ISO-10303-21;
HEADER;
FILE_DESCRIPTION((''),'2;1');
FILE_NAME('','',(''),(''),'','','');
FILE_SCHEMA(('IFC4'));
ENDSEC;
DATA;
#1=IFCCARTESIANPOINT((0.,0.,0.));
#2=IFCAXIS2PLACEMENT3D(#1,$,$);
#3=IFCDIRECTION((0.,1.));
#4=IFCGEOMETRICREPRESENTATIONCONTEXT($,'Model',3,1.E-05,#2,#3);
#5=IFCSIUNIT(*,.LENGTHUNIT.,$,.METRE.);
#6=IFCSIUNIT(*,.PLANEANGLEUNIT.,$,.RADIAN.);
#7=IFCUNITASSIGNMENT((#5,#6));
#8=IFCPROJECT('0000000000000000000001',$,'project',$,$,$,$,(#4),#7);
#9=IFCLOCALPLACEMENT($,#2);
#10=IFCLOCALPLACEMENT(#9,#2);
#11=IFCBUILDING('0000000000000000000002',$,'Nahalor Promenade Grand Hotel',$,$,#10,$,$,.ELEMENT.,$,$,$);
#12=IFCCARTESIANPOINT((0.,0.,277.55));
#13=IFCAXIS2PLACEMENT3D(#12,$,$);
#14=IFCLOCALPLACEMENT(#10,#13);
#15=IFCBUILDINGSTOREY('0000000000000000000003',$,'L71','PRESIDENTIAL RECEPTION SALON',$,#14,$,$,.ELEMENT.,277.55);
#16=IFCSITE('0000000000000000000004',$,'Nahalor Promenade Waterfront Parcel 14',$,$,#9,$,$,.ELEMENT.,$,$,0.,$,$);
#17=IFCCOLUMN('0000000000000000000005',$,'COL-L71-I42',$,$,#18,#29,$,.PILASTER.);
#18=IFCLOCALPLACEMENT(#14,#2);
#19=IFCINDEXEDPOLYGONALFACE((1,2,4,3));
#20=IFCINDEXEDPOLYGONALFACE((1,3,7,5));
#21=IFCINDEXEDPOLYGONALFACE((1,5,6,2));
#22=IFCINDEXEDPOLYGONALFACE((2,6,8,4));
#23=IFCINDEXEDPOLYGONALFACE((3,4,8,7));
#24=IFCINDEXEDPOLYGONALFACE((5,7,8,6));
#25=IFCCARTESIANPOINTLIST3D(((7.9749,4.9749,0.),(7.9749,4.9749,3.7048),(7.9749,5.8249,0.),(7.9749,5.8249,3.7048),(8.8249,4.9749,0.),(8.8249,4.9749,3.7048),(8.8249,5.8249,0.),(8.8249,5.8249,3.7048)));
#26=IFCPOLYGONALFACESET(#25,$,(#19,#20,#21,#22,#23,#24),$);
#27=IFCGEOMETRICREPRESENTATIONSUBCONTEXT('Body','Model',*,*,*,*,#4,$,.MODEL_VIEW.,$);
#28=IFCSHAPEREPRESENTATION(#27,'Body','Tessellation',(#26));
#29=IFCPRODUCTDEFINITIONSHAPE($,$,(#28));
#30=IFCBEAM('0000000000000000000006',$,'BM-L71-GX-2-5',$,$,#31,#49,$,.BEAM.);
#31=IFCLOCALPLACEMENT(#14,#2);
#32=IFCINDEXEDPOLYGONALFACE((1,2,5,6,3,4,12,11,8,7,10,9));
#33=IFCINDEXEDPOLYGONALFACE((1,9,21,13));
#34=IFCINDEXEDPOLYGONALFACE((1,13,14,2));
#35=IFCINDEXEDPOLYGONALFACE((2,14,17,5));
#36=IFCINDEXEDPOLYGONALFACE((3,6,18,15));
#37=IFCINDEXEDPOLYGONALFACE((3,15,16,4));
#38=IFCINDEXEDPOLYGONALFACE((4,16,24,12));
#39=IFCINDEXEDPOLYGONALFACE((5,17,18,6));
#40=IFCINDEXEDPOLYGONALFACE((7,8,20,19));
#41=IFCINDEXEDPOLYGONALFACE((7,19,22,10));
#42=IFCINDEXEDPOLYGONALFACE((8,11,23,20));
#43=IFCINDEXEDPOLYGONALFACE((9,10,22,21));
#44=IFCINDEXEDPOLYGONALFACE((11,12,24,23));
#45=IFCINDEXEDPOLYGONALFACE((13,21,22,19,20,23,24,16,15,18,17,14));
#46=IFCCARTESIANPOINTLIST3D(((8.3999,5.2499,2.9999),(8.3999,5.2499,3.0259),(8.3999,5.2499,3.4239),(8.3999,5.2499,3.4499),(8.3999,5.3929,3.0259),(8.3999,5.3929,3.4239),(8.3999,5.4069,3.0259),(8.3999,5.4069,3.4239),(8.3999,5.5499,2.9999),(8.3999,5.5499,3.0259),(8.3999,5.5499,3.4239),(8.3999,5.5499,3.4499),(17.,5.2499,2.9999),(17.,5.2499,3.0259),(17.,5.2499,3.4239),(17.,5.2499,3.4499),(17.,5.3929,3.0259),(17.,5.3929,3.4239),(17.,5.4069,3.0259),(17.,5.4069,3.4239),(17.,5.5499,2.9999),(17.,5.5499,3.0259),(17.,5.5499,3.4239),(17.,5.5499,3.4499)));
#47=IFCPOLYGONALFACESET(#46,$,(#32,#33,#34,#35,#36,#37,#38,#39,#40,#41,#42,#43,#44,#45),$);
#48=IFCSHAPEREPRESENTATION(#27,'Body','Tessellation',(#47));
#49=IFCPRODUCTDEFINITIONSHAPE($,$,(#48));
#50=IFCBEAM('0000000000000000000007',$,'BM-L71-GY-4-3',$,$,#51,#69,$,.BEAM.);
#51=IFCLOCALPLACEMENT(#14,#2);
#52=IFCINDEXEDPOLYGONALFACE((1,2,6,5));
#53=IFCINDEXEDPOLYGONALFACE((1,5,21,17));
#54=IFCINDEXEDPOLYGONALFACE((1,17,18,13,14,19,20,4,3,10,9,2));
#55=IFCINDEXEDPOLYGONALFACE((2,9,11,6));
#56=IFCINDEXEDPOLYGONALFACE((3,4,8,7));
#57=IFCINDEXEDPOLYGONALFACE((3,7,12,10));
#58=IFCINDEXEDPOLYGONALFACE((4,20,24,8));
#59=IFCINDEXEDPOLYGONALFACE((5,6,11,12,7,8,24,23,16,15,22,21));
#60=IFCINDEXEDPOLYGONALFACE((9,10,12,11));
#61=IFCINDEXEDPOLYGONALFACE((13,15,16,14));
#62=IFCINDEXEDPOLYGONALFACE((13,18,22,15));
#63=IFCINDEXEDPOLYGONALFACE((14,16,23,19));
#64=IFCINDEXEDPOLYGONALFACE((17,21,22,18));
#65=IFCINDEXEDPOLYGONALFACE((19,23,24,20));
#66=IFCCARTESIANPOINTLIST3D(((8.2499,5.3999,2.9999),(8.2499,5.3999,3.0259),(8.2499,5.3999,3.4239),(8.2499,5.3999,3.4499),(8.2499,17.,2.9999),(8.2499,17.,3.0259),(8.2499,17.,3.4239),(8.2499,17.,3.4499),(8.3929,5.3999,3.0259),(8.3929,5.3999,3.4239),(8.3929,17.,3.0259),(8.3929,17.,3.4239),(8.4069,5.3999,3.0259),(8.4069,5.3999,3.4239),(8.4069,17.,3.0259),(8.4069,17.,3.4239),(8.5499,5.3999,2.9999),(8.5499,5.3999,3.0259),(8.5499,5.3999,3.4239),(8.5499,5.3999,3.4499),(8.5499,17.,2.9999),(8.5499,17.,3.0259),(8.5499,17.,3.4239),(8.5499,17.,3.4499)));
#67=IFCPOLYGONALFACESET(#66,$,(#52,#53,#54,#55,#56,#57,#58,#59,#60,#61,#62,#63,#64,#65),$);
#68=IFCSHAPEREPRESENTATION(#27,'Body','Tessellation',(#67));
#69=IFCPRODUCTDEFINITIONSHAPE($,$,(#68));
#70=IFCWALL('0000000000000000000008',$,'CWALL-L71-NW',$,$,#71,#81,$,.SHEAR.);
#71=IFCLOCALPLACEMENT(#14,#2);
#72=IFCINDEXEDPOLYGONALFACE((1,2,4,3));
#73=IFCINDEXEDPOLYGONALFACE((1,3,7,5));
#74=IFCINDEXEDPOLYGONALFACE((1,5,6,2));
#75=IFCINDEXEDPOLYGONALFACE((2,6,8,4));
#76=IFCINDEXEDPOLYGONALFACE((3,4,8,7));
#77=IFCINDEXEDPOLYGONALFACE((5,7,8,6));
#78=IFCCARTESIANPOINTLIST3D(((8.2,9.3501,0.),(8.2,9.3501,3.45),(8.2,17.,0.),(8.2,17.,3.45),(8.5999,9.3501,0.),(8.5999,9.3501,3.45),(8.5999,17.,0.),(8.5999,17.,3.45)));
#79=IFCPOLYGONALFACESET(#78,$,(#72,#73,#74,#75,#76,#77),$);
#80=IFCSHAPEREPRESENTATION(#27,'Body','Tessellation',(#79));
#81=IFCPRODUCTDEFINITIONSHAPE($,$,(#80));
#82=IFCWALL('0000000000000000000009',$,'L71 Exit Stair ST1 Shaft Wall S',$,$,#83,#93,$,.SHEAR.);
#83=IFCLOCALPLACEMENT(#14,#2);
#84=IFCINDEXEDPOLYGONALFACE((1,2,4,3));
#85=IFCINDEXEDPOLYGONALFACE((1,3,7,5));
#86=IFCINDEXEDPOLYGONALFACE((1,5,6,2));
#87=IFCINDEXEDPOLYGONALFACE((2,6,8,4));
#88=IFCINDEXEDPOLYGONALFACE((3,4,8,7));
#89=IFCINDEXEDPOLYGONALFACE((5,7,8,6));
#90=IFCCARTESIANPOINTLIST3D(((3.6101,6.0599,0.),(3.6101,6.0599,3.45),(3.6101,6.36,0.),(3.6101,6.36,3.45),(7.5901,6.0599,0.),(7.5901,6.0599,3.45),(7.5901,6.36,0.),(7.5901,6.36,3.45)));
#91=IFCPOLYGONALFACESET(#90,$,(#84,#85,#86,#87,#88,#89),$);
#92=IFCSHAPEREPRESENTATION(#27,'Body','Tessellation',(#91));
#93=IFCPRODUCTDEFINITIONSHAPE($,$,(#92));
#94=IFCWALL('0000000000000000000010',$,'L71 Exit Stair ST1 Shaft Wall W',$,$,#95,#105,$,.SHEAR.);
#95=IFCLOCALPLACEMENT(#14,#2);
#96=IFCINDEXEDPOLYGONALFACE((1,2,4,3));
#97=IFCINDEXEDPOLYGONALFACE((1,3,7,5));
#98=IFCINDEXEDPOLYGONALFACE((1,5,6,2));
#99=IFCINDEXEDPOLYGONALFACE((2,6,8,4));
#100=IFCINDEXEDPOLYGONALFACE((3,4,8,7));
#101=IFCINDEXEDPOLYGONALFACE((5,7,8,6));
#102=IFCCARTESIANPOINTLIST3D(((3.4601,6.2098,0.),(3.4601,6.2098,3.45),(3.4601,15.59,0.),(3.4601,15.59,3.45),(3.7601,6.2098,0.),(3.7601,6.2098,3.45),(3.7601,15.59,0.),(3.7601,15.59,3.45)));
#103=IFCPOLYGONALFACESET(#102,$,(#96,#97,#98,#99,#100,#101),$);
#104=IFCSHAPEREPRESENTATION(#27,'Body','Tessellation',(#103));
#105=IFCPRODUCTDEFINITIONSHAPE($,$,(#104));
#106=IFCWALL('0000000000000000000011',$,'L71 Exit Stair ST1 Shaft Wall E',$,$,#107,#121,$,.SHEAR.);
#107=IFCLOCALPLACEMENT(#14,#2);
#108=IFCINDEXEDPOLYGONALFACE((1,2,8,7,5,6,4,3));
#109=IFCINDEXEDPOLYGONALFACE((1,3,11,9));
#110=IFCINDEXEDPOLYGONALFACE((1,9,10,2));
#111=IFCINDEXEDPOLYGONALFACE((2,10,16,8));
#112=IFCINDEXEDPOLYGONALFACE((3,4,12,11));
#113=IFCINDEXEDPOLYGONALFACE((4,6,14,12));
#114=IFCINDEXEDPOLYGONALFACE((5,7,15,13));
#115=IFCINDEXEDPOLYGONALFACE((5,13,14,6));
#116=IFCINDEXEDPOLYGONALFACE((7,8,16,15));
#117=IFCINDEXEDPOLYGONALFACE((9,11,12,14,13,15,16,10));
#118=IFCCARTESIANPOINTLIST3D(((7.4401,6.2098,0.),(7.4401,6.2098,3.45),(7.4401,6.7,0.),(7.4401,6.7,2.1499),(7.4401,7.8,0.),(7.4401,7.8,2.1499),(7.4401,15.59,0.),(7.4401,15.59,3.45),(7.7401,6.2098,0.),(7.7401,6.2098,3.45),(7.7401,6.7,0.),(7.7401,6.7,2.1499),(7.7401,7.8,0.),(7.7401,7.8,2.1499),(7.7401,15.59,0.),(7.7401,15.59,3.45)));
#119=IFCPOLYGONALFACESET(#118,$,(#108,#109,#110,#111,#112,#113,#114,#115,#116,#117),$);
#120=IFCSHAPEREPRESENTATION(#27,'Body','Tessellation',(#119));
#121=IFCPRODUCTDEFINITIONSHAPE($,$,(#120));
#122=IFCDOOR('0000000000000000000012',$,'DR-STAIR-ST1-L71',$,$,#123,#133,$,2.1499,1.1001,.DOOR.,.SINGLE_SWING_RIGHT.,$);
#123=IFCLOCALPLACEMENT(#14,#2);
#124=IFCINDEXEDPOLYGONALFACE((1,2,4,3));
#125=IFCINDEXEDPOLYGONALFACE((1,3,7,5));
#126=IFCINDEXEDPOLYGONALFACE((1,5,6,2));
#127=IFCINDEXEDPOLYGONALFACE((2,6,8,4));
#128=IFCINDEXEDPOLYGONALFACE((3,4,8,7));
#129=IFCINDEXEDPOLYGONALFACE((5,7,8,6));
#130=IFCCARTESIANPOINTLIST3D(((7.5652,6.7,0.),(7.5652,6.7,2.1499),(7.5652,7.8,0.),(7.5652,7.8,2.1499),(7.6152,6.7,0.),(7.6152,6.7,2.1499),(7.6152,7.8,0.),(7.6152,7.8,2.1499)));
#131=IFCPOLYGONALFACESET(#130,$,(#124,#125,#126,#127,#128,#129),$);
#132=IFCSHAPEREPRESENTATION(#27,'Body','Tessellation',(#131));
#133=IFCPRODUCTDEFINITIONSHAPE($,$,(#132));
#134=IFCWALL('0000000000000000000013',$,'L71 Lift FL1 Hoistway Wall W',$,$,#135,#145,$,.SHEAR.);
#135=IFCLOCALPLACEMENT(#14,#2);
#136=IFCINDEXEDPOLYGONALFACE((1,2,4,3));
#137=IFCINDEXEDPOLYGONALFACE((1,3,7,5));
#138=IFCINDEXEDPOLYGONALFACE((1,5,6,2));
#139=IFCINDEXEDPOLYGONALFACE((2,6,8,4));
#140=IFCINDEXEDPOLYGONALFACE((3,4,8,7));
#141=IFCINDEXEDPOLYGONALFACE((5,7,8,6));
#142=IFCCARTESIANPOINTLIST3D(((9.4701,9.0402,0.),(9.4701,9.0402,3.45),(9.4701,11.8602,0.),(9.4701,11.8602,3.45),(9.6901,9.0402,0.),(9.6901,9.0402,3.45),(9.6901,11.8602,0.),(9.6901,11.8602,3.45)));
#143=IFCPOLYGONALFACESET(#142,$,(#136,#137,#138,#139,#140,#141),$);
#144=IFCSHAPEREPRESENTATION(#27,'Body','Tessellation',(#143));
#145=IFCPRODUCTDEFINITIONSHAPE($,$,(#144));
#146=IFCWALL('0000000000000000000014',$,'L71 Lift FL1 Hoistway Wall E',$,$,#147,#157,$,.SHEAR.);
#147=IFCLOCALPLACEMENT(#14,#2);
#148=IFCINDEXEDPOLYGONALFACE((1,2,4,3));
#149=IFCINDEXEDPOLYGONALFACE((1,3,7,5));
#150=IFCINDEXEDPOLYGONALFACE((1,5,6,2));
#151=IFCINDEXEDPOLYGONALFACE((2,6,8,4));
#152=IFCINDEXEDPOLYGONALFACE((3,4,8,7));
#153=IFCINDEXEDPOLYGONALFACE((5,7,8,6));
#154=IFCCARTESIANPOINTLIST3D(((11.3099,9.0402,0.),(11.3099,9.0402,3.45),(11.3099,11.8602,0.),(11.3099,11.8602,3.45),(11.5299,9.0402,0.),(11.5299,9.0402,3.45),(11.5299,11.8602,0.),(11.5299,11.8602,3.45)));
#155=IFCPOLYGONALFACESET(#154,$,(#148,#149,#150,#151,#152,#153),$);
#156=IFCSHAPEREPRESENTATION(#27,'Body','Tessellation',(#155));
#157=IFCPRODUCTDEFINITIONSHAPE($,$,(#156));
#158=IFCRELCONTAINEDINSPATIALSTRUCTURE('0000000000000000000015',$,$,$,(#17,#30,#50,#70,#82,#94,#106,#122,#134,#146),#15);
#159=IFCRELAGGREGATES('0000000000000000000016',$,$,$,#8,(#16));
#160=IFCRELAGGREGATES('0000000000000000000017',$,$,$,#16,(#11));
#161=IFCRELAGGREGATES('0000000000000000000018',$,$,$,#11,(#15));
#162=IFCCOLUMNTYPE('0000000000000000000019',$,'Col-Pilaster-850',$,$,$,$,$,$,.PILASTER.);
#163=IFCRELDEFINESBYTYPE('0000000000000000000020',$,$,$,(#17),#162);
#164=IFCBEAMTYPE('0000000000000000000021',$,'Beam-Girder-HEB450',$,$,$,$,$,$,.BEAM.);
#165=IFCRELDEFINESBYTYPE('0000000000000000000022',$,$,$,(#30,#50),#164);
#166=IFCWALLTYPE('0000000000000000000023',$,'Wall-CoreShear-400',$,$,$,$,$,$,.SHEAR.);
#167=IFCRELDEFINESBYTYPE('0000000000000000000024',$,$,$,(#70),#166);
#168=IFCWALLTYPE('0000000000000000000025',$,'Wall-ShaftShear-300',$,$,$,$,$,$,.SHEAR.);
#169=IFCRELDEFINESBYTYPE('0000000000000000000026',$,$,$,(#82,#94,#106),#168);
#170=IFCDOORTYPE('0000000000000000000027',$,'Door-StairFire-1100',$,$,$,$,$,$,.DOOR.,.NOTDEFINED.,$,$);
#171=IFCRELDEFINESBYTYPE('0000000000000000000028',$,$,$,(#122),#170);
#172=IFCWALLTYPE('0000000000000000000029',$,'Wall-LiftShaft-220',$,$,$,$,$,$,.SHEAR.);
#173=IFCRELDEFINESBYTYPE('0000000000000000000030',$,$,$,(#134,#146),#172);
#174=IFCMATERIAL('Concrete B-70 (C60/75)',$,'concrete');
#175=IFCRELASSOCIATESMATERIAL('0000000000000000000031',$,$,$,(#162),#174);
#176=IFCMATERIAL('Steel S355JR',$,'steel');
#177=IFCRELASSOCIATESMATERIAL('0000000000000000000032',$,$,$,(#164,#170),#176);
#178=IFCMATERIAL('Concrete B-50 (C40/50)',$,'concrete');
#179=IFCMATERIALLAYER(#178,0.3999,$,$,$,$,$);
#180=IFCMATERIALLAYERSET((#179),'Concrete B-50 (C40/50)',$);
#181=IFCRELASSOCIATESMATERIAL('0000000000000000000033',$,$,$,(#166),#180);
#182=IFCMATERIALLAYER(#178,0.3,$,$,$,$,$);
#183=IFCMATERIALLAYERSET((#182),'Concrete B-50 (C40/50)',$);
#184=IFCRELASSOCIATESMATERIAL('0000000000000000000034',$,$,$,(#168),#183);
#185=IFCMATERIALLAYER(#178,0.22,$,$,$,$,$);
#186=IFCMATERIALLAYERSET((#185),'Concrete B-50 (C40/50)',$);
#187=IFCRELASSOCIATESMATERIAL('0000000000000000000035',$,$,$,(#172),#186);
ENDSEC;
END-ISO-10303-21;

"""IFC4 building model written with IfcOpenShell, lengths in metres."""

from ifc_helpers import new_model, si_unit, direction, frame, frame_2d, origin, origin_2d, place, context, subcontext, project, spatial, rectangle, i_section, extrude, source, transform, mapped, material, layer, layer_set, material_profile, profile_set, type_object, element, fill, save


model = new_model("IFC4")

# Units and contexts
model_context = context("Model", 3, precision=1e-05, world=origin(), true_north=direction((0.0, 1.0)))
body_context = subcontext(model_context, "Body", "Model", "MODEL_VIEW")
ifc_project = project(units=[si_unit("LENGTHUNIT", "METRE"), si_unit("PLANEANGLEUNIT", "RADIAN")], contexts=[model_context])

# Site, building, storey
site_placement = place(None, origin())
site = spatial("IfcSite", under=ifc_project, at=site_placement, Name="Nahalor Promenade Waterfront Parcel 14", CompositionType="ELEMENT", RefElevation=0.0)
building_placement = place(site_placement, origin())
building = spatial("IfcBuilding", under=site, at=building_placement, Name="Nahalor Promenade Grand Hotel", CompositionType="ELEMENT")
storey_placement = place(building_placement, frame((0.0, 0.0, 277.55)))
storey = spatial("IfcBuildingStorey", under=building, at=storey_placement, Name="L71", Description="PRESIDENTIAL RECEPTION SALON", CompositionType="ELEMENT", Elevation=277.55)

# Column
ifc_material_1 = material(Name="Concrete B-70 (C60/75)", Category="concrete")
ifc_material_profile_1 = material_profile(ifc_material_1, rectangle(XDim=0.85, YDim=0.85, at=origin_2d()), Name="RC 850x850")
ifc_profile_set_1 = profile_set([ifc_material_profile_1], Name="Concrete B-70 (C60/75)")
column_type = type_object("IfcColumnType", Name="Col-Pilaster-850", PredefinedType="PILASTER", material=ifc_profile_set_1)
shared_shape_1 = source(origin(), body_context, "Body", "SweptSolid", [
    extrude(rectangle(XDim=0.85, YDim=0.85, at=origin_2d()), origin(), (0.0, 0.0, 1.0), 3.7048),
])
column_placement = place(storey_placement, frame((8.3999, 5.3999, 0.0), z_axis=(0.0, 0.0, 1.0), x_axis=(1.0, 0.0, 0.0)))
element("IfcColumn", 1, at=column_placement, inside=storey, type_object=column_type, Name="COL-L71-I42", PredefinedType="PILASTER", context=body_context, shape_type="MappedRepresentation", body=[
    mapped(shared_shape_1, transform((0.0, 0.0, 0.0), scale=1.0)),
])

# Beams
ifc_material_2 = material(Name="Steel S355JR", Category="steel")
ifc_material_profile_2 = material_profile(ifc_material_2, i_section(OverallWidth=0.3, OverallDepth=0.45, WebThickness=0.014, FlangeThickness=0.026, at=origin_2d()), Name="HEB 450")
ifc_profile_set_2 = profile_set([ifc_material_profile_2], Name="Steel S355JR")
beam_type = type_object("IfcBeamType", Name="Beam-Girder-HEB450", PredefinedType="BEAM", material=ifc_profile_set_2)
shared_shape_2 = source(origin(), body_context, "Body", "SweptSolid", [
    extrude(i_section(OverallWidth=0.3, OverallDepth=0.45, WebThickness=0.014, FlangeThickness=0.026, at=origin_2d()), origin(), (0.0, 0.0, 1.0), 8.6001),
])
beam_1_placement = place(storey_placement, frame((8.3999, 5.3999, 3.2249), z_axis=(1.0, 0.0, 0.0), x_axis=(0.0, 1.0, 0.0)))
element("IfcBeam", 2, at=beam_1_placement, inside=storey, type_object=beam_type, Name="BM-L71-GX-2-5", PredefinedType="BEAM", context=body_context, shape_type="MappedRepresentation", body=[
    mapped(shared_shape_2, transform((0.0, 0.0, 0.0), scale=1.0)),
])
shared_shape_3 = source(origin(), body_context, "Body", "SweptSolid", [
    extrude(i_section(OverallWidth=0.3, OverallDepth=0.45, WebThickness=0.014, FlangeThickness=0.026, at=origin_2d()), origin(), (0.0, 0.0, 1.0), 11.6001),
])
beam_2_placement = place(storey_placement, frame((8.3999, 5.3999, 3.2249), z_axis=(0.0, 1.0, 0.0), x_axis=(-1.0, 0.0, 0.0)))
element("IfcBeam", 3, at=beam_2_placement, inside=storey, type_object=beam_type, Name="BM-L71-GY-4-3", PredefinedType="BEAM", context=body_context, shape_type="MappedRepresentation", body=[
    mapped(shared_shape_3, transform((0.0, 0.0, 0.0), scale=1.0)),
])

# Walls
ifc_material_3 = material(Name="Concrete B-50 (C40/50)", Category="concrete")
ifc_layer_1 = layer(ifc_material_3, 0.3999)
ifc_layer_set_1 = layer_set([ifc_layer_1], Name="Concrete B-50 (C40/50)")
wall_type_1 = type_object("IfcWallType", Name="Wall-CoreShear-400", PredefinedType="SHEAR", material=ifc_layer_set_1)
shared_shape_4 = source(origin(), body_context, "Body", "SweptSolid", [
    extrude(rectangle(XDim=7.6499, YDim=0.3999, at=frame_2d((3.825, 0.0))), origin(), (0.0, 0.0, 1.0), 3.45),
])
wall_1_placement = place(storey_placement, frame((8.3999, 9.3501, 0.0), z_axis=(0.0, 0.0, 1.0), x_axis=(0.0, 1.0, 0.0)))
element("IfcWall", 4, at=wall_1_placement, inside=storey, type_object=wall_type_1, Name="CWALL-L71-NW", PredefinedType="SHEAR", context=body_context, shape_type="MappedRepresentation", body=[
    mapped(shared_shape_4, transform((0.0, 0.0, 0.0), scale=1.0)),
])
ifc_layer_2 = layer(ifc_material_3, 0.3)
ifc_layer_set_2 = layer_set([ifc_layer_2], Name="Concrete B-50 (C40/50)")
wall_type_2 = type_object("IfcWallType", Name="Wall-ShaftShear-300", PredefinedType="SHEAR", material=ifc_layer_set_2)
shared_shape_5 = source(origin(), body_context, "Body", "SweptSolid", [
    extrude(rectangle(XDim=3.98, YDim=0.3, at=frame_2d((1.99, 0.0))), origin(), (0.0, 0.0, 1.0), 3.45),
])
wall_2_placement = place(storey_placement, frame((3.6101, 6.21, 0.0), z_axis=(0.0, 0.0, 1.0), x_axis=(1.0, 0.0, 0.0)))
element("IfcWall", 5, at=wall_2_placement, inside=storey, type_object=wall_type_2, Name="L71 Exit Stair ST1 Shaft Wall S", PredefinedType="SHEAR", context=body_context, shape_type="MappedRepresentation", body=[
    mapped(shared_shape_5, transform((0.0, 0.0, 0.0), scale=1.0)),
])
shared_shape_6 = source(origin(), body_context, "Body", "SweptSolid", [
    extrude(rectangle(XDim=9.3801, YDim=0.3, at=frame_2d((4.6899, 0.0))), origin(), (0.0, 0.0, 1.0), 3.45),
])
wall_3_placement = place(storey_placement, frame((3.6101, 6.21, 0.0), z_axis=(0.0, 0.0, 1.0), x_axis=(0.0, 1.0, 0.0)))
element("IfcWall", 6, at=wall_3_placement, inside=storey, type_object=wall_type_2, Name="L71 Exit Stair ST1 Shaft Wall W", PredefinedType="SHEAR", context=body_context, shape_type="MappedRepresentation", body=[
    mapped(shared_shape_6, transform((0.0, 0.0, 0.0), scale=1.0)),
])

# Wall, opening, door
wall_4_placement = place(storey_placement, frame((7.5901, 6.21, 0.0), z_axis=(0.0, 0.0, 1.0), x_axis=(0.0, 1.0, 0.0)))
wall_4 = element("IfcWall", 7, at=wall_4_placement, inside=storey, type_object=wall_type_2, Name="L71 Exit Stair ST1 Shaft Wall E", PredefinedType="SHEAR", context=body_context, shape_type="MappedRepresentation", body=[
    mapped(shared_shape_6, transform((0.0, 0.0, 0.0), scale=1.0)),
])
opening_1_placement = place(wall_4_placement, frame((0.49, 0.0, 0.0)))
opening_1 = element("IfcOpeningElement", 8, at=opening_1_placement, cuts=wall_4, PredefinedType="OPENING", context=body_context, shape_type="SweptSolid", body=[
    extrude(rectangle(XDim=1.1001, YDim=2.1499, at=frame_2d((0.55, 1.075))), frame((0.0, 0.1599, 0.0), z_axis=(0.0, -1.0, 0.0), x_axis=(1.0, 0.0, 0.0)), (0.0, 0.0, 1.0), 0.3201),
])
door_type_1 = type_object("IfcDoorType", Name="Door-StairFire-1100", OperationType="NOTDEFINED", PredefinedType="DOOR", material=ifc_material_2)
shared_shape_7 = source(origin(), body_context, "Body", "SweptSolid", [
    extrude(rectangle(XDim=1.1001, YDim=2.1499, at=frame_2d((0.55, 1.075))), frame((0.0, 0.0249, 0.0), z_axis=(0.0, -1.0, 0.0), x_axis=(1.0, 0.0, 0.0)), (0.0, 0.0, 1.0), 0.05),
])
door_1_placement = place(opening_1_placement, origin())
door_1 = element("IfcDoor", 9, at=door_1_placement, inside=storey, type_object=door_type_1, Name="DR-STAIR-ST1-L71", OperationType="SINGLE_SWING_RIGHT", OverallHeight=2.1499, OverallWidth=1.1001, PredefinedType="DOOR", context=body_context, shape_type="MappedRepresentation", body=[
    mapped(shared_shape_7, transform((0.0, 0.0, 0.0), scale=1.0)),
])
fill(opening_1, door_1)

# Walls
ifc_layer_3 = layer(ifc_material_3, 0.22)
ifc_layer_set_3 = layer_set([ifc_layer_3], Name="Concrete B-50 (C40/50)")
wall_type_3 = type_object("IfcWallType", Name="Wall-LiftShaft-220", PredefinedType="SHEAR", material=ifc_layer_set_3)
shared_shape_8 = source(origin(), body_context, "Body", "SweptSolid", [
    extrude(rectangle(XDim=2.8201, YDim=0.22, at=frame_2d((1.4102, 0.0))), origin(), (0.0, 0.0, 1.0), 3.45),
])
for number, where, z_axis, x_axis, name in (
    (10, (9.5801, 9.04, 0.0), (0.0, 0.0, 1.0), (0.0, 1.0, 0.0), "L71 Lift FL1 Hoistway Wall W"),
    (11, (11.4199, 9.04, 0.0), (0.0, 0.0, 1.0), (0.0, 1.0, 0.0), "L71 Lift FL1 Hoistway Wall E"),
):
    element("IfcWall", number, at=place(storey_placement, frame(where, z_axis=z_axis, x_axis=x_axis)), inside=storey, type_object=wall_type_3, Name=name, PredefinedType="SHEAR", context=body_context, shape_type="MappedRepresentation", body=[
        mapped(shared_shape_8, transform((0.0, 0.0, 0.0), scale=1.0)),
    ])

save(model, "model.ifc")
